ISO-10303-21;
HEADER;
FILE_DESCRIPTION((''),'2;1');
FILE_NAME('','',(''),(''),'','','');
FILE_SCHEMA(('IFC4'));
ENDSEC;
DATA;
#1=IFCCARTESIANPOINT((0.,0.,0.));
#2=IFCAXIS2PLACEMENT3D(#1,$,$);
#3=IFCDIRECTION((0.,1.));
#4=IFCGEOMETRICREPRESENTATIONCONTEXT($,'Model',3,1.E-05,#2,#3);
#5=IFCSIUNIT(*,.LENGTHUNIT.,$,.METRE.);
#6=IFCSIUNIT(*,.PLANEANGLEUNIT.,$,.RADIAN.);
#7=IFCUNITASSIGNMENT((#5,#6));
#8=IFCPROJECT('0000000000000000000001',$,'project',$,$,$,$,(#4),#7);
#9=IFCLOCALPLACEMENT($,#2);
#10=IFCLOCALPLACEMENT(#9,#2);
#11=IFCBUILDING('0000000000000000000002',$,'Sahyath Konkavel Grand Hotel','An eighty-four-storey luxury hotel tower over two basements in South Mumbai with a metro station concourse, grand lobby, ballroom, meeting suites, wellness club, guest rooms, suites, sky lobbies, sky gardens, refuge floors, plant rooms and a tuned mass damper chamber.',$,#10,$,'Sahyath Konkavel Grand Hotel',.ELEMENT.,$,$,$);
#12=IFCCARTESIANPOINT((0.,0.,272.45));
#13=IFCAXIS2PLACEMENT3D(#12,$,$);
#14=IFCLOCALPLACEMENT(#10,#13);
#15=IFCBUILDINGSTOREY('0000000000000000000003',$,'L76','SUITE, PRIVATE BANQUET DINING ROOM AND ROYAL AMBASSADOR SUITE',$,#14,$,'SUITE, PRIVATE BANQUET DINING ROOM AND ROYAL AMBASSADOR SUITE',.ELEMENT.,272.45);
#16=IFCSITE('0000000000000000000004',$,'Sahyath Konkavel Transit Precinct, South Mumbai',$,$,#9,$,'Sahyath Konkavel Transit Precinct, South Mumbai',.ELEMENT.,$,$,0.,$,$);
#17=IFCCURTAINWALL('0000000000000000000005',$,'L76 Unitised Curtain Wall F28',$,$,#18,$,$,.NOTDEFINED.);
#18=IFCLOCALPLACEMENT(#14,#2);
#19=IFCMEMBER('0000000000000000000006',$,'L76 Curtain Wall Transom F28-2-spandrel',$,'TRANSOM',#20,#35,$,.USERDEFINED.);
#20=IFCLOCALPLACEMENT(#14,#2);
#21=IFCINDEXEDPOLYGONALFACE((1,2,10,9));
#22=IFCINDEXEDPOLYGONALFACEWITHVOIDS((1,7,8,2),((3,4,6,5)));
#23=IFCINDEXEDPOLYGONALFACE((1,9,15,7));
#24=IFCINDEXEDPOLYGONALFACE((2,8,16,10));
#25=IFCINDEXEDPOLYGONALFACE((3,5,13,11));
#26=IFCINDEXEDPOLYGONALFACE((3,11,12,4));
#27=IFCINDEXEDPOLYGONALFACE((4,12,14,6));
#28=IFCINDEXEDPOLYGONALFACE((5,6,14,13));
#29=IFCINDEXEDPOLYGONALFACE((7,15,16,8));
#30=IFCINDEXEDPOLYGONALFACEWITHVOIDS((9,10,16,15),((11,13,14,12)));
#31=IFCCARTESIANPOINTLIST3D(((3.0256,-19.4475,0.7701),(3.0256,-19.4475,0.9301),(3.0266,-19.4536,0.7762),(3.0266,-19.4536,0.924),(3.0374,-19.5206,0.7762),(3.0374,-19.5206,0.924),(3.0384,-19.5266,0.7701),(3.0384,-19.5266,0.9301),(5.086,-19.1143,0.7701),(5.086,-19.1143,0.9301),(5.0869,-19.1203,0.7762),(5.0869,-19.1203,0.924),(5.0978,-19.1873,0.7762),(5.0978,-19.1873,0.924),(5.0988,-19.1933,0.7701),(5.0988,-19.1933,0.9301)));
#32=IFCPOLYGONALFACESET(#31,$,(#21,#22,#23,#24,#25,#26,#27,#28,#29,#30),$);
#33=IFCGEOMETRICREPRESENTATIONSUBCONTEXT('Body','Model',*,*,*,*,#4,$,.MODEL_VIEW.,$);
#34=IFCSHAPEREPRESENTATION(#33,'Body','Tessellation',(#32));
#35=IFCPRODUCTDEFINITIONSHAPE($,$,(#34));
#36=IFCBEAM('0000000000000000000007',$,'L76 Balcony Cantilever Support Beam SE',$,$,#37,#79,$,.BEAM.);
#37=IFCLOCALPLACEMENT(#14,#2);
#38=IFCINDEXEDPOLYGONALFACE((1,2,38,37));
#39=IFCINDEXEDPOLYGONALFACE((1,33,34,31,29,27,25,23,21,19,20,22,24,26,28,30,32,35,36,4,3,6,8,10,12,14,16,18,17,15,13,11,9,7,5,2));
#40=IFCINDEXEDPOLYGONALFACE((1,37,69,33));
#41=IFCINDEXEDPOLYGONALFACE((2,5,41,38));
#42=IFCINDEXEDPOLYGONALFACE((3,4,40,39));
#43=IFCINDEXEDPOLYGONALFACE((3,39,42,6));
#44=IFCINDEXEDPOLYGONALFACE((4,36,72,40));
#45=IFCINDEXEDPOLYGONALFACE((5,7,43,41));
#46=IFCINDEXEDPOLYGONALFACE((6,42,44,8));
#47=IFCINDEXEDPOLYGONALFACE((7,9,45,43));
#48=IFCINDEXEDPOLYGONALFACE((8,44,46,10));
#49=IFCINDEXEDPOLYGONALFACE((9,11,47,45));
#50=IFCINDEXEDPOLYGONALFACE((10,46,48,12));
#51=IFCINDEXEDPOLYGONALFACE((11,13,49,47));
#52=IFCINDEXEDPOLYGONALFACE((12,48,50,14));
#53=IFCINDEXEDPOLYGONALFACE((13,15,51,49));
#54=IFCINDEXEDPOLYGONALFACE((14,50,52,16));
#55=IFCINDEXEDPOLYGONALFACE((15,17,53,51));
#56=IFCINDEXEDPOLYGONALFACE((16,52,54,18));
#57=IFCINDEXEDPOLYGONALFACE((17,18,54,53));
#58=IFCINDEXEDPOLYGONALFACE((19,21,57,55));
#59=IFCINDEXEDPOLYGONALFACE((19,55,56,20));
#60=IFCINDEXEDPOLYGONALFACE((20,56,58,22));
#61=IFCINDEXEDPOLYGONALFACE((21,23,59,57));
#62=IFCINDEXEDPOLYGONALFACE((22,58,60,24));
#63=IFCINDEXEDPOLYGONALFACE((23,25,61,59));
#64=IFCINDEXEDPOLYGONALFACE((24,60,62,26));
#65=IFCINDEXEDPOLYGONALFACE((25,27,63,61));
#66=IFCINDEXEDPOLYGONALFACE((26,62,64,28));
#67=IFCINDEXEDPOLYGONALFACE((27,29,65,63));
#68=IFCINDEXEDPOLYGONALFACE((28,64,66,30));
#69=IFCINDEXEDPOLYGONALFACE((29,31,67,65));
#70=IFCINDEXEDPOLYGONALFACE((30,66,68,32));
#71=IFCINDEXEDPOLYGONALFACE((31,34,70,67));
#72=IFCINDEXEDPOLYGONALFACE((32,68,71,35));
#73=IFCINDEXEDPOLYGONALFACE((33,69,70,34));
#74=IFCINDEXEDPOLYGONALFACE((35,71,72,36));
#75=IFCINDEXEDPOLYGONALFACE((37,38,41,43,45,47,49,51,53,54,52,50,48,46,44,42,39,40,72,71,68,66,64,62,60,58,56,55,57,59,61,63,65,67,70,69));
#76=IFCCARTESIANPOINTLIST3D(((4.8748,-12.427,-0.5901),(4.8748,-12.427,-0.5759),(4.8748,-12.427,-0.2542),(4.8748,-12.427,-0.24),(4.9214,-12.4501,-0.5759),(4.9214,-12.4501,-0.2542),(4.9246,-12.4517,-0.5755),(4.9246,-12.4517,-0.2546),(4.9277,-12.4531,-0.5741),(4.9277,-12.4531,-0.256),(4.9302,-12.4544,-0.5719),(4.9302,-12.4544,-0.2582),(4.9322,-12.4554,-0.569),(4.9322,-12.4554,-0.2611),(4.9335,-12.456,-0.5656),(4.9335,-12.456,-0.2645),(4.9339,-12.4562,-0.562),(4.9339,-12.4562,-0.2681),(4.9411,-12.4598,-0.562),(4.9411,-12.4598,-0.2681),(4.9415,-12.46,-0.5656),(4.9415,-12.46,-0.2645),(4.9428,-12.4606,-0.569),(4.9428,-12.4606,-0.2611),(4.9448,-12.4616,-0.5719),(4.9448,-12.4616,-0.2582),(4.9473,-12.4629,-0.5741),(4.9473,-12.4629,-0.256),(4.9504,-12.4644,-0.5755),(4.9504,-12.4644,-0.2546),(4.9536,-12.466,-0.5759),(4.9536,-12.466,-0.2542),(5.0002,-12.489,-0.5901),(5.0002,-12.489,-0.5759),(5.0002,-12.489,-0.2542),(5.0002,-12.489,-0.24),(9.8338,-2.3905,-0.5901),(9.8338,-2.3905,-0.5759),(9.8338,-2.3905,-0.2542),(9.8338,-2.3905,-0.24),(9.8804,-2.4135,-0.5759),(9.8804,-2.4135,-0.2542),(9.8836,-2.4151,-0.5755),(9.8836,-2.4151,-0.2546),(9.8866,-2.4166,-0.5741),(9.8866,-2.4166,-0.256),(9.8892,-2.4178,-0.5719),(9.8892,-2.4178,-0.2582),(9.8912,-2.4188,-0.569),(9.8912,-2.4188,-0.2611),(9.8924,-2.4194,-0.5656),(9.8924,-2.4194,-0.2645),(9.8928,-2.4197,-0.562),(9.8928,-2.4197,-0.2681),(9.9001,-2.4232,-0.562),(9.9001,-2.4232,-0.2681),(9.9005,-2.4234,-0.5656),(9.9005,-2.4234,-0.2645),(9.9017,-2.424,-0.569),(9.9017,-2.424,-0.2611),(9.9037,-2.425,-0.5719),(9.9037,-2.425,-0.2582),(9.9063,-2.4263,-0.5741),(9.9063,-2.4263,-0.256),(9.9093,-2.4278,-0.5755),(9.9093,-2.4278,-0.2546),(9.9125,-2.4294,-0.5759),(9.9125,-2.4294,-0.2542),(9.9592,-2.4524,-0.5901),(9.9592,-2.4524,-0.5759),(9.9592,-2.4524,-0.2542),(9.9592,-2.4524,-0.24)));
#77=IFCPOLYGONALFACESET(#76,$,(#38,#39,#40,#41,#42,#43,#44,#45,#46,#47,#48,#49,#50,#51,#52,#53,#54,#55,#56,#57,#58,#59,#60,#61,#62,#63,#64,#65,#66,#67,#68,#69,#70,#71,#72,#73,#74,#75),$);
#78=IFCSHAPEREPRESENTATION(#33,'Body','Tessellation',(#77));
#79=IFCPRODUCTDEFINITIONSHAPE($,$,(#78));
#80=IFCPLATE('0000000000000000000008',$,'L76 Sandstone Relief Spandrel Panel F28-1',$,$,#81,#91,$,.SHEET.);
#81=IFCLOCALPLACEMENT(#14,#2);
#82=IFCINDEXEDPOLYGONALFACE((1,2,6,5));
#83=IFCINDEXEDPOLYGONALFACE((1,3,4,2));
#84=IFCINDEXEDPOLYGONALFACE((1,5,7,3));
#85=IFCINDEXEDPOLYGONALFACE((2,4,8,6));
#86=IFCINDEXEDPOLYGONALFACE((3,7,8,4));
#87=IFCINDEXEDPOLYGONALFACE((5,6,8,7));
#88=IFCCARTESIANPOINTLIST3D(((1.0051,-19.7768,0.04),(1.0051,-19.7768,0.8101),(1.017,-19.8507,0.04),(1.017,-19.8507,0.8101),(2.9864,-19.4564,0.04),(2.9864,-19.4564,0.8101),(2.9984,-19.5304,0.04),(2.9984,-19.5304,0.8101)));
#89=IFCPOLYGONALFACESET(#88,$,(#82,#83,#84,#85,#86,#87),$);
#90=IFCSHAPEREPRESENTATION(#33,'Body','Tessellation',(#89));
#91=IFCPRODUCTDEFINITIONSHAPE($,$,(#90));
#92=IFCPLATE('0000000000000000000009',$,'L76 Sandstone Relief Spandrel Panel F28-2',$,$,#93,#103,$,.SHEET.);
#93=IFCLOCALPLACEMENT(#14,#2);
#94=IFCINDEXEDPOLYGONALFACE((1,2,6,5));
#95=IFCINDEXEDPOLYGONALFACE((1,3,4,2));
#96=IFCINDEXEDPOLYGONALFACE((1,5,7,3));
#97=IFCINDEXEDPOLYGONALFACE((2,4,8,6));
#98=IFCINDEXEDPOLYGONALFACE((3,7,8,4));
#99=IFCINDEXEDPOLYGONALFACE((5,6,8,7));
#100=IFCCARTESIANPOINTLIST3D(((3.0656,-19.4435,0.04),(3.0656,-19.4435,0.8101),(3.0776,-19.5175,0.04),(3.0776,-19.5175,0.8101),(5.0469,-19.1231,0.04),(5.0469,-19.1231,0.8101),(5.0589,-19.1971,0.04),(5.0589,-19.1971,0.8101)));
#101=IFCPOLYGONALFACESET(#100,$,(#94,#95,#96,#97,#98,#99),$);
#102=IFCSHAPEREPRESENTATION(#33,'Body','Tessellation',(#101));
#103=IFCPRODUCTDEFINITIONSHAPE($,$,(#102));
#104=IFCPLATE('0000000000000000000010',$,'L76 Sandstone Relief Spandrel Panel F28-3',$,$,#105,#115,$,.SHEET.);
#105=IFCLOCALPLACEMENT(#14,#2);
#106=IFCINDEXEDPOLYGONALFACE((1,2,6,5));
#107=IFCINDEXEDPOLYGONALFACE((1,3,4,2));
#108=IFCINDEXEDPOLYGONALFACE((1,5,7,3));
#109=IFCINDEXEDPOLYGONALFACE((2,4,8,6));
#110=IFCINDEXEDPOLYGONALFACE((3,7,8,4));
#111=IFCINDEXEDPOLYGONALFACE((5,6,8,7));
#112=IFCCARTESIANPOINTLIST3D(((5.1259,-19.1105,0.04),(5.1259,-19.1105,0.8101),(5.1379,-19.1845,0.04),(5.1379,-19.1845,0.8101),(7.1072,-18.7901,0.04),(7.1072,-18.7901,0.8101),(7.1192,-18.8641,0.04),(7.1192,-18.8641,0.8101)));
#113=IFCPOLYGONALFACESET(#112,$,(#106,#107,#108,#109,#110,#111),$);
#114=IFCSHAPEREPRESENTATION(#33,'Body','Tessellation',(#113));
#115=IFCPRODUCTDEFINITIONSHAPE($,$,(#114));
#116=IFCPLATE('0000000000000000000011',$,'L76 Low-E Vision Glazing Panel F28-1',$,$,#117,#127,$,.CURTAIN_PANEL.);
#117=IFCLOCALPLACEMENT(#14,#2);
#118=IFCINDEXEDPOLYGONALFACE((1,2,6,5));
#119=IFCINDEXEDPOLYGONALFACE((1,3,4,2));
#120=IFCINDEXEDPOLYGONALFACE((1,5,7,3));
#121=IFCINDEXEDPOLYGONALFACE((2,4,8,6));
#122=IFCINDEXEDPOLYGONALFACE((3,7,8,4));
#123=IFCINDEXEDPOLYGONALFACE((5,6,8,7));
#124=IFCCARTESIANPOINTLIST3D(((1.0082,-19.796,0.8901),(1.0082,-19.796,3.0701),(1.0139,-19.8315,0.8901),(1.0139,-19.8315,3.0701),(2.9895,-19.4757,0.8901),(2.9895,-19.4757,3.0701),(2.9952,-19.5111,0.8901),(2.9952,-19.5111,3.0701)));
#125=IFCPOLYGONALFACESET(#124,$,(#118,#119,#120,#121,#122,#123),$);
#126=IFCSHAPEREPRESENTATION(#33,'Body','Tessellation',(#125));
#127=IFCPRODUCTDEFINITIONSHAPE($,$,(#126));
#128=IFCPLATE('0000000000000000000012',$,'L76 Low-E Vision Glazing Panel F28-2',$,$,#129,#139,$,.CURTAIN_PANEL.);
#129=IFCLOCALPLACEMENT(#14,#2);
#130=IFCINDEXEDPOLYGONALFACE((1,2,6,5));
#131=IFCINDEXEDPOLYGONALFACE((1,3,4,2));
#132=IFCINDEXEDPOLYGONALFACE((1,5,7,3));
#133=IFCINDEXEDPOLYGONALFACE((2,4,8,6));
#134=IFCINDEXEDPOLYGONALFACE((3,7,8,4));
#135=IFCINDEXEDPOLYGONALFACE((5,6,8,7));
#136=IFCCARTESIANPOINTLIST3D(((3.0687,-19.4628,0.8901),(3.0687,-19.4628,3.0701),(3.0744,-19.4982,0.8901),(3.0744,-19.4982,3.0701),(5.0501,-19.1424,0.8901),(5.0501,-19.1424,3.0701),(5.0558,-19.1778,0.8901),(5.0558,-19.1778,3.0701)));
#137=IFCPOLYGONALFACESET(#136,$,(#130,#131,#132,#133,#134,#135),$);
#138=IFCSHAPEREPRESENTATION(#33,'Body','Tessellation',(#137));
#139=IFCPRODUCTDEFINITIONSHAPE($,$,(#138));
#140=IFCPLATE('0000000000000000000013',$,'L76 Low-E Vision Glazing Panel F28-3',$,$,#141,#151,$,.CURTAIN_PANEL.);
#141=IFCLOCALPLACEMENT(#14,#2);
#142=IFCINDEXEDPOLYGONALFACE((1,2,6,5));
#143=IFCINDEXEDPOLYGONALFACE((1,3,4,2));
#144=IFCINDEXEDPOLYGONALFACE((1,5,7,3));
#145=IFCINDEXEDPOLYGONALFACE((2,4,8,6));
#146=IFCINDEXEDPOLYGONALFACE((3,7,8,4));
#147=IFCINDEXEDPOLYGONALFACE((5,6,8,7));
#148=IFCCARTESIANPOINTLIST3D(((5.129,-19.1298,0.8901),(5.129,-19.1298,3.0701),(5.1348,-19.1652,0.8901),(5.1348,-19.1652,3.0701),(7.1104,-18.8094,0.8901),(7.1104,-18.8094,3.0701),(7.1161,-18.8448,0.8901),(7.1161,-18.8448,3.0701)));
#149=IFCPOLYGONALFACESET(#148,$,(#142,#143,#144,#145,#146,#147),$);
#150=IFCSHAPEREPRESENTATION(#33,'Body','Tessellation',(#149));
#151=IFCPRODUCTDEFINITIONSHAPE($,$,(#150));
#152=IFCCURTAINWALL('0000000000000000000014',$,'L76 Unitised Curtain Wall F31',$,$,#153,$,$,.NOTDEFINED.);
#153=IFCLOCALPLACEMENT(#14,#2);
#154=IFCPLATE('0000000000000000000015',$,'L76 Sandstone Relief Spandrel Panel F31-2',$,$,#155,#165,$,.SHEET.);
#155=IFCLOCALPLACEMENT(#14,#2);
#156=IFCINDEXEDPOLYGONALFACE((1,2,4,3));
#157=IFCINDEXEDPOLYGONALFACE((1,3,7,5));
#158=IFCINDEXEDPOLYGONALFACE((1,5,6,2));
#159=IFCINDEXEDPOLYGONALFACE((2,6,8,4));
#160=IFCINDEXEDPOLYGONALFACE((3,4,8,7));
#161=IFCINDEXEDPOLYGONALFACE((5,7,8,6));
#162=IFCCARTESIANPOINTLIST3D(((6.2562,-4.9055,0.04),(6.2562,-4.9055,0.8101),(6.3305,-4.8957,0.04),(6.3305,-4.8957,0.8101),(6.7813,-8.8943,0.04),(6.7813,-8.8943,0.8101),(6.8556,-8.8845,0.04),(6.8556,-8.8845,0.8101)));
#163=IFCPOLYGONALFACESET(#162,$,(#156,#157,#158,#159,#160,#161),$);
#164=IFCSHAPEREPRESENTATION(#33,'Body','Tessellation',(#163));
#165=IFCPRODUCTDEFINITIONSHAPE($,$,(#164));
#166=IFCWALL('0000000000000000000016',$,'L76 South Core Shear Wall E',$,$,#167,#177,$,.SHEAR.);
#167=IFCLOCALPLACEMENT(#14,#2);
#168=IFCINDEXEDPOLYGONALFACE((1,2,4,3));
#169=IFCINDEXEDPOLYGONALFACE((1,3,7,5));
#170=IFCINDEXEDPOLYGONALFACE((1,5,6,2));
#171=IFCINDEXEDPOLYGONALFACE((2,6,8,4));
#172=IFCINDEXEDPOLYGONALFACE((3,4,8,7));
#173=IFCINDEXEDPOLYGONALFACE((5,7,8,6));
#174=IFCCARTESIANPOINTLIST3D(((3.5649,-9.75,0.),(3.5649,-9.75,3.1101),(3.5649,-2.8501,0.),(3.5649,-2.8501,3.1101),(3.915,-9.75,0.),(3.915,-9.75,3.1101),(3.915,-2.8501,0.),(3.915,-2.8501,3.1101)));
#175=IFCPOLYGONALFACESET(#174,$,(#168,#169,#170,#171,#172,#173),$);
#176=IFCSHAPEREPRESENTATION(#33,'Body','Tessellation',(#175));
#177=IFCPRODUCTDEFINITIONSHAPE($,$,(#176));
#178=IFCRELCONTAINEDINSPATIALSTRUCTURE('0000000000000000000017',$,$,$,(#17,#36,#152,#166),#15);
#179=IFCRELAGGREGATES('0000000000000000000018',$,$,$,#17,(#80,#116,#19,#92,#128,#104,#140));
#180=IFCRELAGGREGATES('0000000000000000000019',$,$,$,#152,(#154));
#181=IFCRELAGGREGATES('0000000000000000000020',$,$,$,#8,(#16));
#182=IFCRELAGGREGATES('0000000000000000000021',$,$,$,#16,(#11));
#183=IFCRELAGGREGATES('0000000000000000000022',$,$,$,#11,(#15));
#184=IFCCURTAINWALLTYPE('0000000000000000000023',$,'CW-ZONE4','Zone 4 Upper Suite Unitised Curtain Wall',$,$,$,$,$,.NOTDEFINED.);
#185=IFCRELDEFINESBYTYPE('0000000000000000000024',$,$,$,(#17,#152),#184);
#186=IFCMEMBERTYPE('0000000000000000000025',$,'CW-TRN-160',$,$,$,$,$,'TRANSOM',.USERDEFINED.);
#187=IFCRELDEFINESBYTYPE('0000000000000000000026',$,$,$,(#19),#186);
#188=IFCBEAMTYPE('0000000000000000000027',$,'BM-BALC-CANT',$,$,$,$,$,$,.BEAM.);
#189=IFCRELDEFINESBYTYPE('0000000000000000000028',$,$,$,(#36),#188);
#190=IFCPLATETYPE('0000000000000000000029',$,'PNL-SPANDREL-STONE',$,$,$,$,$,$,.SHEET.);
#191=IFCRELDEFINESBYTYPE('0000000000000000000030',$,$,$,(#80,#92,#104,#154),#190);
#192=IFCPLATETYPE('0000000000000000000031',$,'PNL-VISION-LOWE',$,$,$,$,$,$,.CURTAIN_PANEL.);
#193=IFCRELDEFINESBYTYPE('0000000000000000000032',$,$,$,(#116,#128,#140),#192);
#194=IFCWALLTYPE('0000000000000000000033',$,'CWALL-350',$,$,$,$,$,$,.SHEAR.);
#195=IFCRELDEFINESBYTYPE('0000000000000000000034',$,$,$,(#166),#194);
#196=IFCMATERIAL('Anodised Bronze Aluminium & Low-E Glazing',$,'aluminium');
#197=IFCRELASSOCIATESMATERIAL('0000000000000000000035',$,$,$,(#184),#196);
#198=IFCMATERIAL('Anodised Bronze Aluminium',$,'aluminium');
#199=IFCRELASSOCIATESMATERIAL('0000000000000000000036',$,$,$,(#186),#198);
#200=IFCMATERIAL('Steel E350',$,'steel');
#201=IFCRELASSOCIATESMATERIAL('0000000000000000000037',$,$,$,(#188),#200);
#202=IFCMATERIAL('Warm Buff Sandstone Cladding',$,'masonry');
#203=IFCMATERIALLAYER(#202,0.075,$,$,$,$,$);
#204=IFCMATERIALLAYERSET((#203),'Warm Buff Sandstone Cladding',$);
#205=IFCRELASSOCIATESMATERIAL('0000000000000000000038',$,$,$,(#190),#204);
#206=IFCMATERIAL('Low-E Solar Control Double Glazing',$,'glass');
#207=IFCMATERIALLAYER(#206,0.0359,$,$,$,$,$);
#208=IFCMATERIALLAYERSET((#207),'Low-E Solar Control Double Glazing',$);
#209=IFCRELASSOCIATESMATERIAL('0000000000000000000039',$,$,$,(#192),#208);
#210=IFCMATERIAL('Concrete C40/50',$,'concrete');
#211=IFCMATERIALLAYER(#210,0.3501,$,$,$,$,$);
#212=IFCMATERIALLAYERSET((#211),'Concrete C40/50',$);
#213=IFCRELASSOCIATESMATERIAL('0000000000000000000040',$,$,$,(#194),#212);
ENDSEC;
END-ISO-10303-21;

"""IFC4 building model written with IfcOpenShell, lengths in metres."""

from ifc_helpers import new_model, si_unit, direction, frame, frame_2d, origin, origin_2d, place, context, subcontext, project, spatial, rectangle, hollow_rectangle, i_section, extrude, source, transform, mapped, material, layer, layer_set, material_profile, profile_set, type_object, element, aggregate, save


model = new_model("IFC4")

# Units and contexts
model_context = context("Model", 3, precision=1e-05, world=origin(), true_north=direction((0.0, 1.0)))
body_context = subcontext(model_context, "Body", "Model", "MODEL_VIEW")
ifc_project = project(units=[si_unit("LENGTHUNIT", "METRE"), si_unit("PLANEANGLEUNIT", "RADIAN")], contexts=[model_context])

# Site, building, storey
site_placement = place(None, origin())
site = spatial("IfcSite", under=ifc_project, at=site_placement, Name="Sahyath Konkavel Transit Precinct, South Mumbai", LongName="Sahyath Konkavel Transit Precinct, South Mumbai", CompositionType="ELEMENT", RefElevation=0.0)
building_placement = place(site_placement, origin())
building = spatial("IfcBuilding", under=site, at=building_placement, Name="Sahyath Konkavel Grand Hotel", Description="An eighty-four-storey luxury hotel tower over two basements in South Mumbai with a metro station concourse, grand lobby, ballroom, meeting suites, wellness club, guest rooms, suites, sky lobbies, sky gardens, refuge floors, plant rooms and a tuned mass damper chamber.", LongName="Sahyath Konkavel Grand Hotel", CompositionType="ELEMENT")
storey_placement = place(building_placement, frame((0.0, 0.0, 272.45)))
storey = spatial("IfcBuildingStorey", under=building, at=storey_placement, Name="L76", Description="SUITE, PRIVATE BANQUET DINING ROOM AND ROYAL AMBASSADOR SUITE", LongName="SUITE, PRIVATE BANQUET DINING ROOM AND ROYAL AMBASSADOR SUITE", CompositionType="ELEMENT", Elevation=272.45)

# Shared definitions
ifc_material_1 = material(Name="Steel E350", Category="steel")

# Curtain wall, member
ifc_material_2 = material(Name="Anodised Bronze Aluminium & Low-E Glazing", Category="aluminium")
curtain_wall_type = type_object("IfcCurtainWallType", Name="CW-ZONE4", Description="Zone 4 Upper Suite Unitised Curtain Wall", PredefinedType="NOTDEFINED", material=ifc_material_2)
curtain_wall_1_placement = place(storey_placement, origin())
curtain_wall_1 = element("IfcCurtainWall", 1, at=curtain_wall_1_placement, inside=storey, type_object=curtain_wall_type, Name="L76 Unitised Curtain Wall F28", PredefinedType="NOTDEFINED")
ifc_material_3 = material(Name="Anodised Bronze Aluminium", Category="aluminium")
ifc_material_profile_1 = material_profile(ifc_material_3, hollow_rectangle(XDim=0.0801, YDim=0.1599, WallThickness=0.0061, at=origin_2d()), Name="RHS 160x80x6")
ifc_profile_set_1 = profile_set([ifc_material_profile_1], Name="Anodised Bronze Aluminium")
member_type_1 = type_object("IfcMemberType", Name="CW-TRN-160", ElementType="TRANSOM", PredefinedType="USERDEFINED", material=ifc_profile_set_1)
shared_shape_1 = source(origin(), body_context, "Body", "SweptSolid", [
    extrude(hollow_rectangle(XDim=0.0801, YDim=0.1599, WallThickness=0.0061, at=origin_2d()), origin(), (0.0, 0.0, 1.0), 2.0872),
])
member_1_placement = place(storey_placement, frame((3.032, -19.4871, 0.8501), z_axis=(0.98717, 0.159674, 0.0), x_axis=(-0.159674, 0.98717, 0.0)))
member_1 = element("IfcMember", 2, at=member_1_placement, type_object=member_type_1, Name="L76 Curtain Wall Transom F28-2-spandrel", ObjectType="TRANSOM", PredefinedType="USERDEFINED", context=body_context, shape_type="MappedRepresentation", body=[
    mapped(shared_shape_1, transform((0.0, 0.0, 0.0), scale=1.0)),
])

# Beam
ifc_material_profile_2 = material_profile(ifc_material_1, i_section(OverallWidth=0.1399, OverallDepth=0.3501, WebThickness=0.0081, FlangeThickness=0.0142, FilletRadius=0.0139, at=origin_2d()), Name="ISMB 350")
ifc_profile_set_2 = profile_set([ifc_material_profile_2], Name="Steel E350")
beam_type_1 = type_object("IfcBeamType", Name="BM-BALC-CANT", PredefinedType="BEAM", material=ifc_profile_set_2)
shared_shape_2 = source(origin(), body_context, "Body", "SweptSolid", [
    extrude(i_section(OverallWidth=0.1399, OverallDepth=0.3501, WebThickness=0.0081, FlangeThickness=0.0142, FilletRadius=0.0139, at=origin_2d()), origin(), (0.0, 0.0, 1.0), 11.1948),
])
beam_1_placement = place(storey_placement, frame((4.9375, -12.458, -0.415), z_axis=(0.442969, 0.896537, 0.0), x_axis=(-0.896537, 0.442969, 0.0)))
element("IfcBeam", 3, at=beam_1_placement, inside=storey, type_object=beam_type_1, Name="L76 Balcony Cantilever Support Beam SE", PredefinedType="BEAM", context=body_context, shape_type="MappedRepresentation", body=[
    mapped(shared_shape_2, transform((0.0, 0.0, 0.0), scale=1.0)),
])

# Plates
ifc_material_4 = material(Name="Warm Buff Sandstone Cladding", Category="masonry")
ifc_layer_1 = layer(ifc_material_4, 0.075)
ifc_layer_set_1 = layer_set([ifc_layer_1], Name="Warm Buff Sandstone Cladding")
plate_type_1 = type_object("IfcPlateType", Name="PNL-SPANDREL-STONE", PredefinedType="SHEET", material=ifc_layer_set_1)
shared_shape_3 = source(origin(), body_context, "Body", "SweptSolid", [
    extrude(rectangle(XDim=2.0071, YDim=0.075, at=origin_2d()), origin(), (0.0, 0.0, 1.0), 0.77),
])
plate_1_placement = place(storey_placement, frame((2.0017, -19.6536, 0.04), z_axis=(0.0, 0.0, 1.0), x_axis=(0.987178, 0.159623, 0.0)))
plate_1 = element("IfcPlate", 4, at=plate_1_placement, type_object=plate_type_1, Name="L76 Sandstone Relief Spandrel Panel F28-1", PredefinedType="SHEET", context=body_context, shape_type="MappedRepresentation", body=[
    mapped(shared_shape_3, transform((0.0, 0.0, 0.0), scale=1.0)),
])
plate_2_placement = place(storey_placement, frame((4.0623, -19.3203, 0.04), z_axis=(0.0, 0.0, 1.0), x_axis=(0.987178, 0.159623, 0.0)))
plate_2 = element("IfcPlate", 5, at=plate_2_placement, type_object=plate_type_1, Name="L76 Sandstone Relief Spandrel Panel F28-2", PredefinedType="SHEET", context=body_context, shape_type="MappedRepresentation", body=[
    mapped(shared_shape_3, transform((0.0, 0.0, 0.0), scale=1.0)),
])
plate_3_placement = place(storey_placement, frame((6.1226, -18.9873, 0.04), z_axis=(0.0, 0.0, 1.0), x_axis=(0.987178, 0.159623, 0.0)))
plate_3 = element("IfcPlate", 6, at=plate_3_placement, type_object=plate_type_1, Name="L76 Sandstone Relief Spandrel Panel F28-3", PredefinedType="SHEET", context=body_context, shape_type="MappedRepresentation", body=[
    mapped(shared_shape_3, transform((0.0, 0.0, 0.0), scale=1.0)),
])
ifc_material_5 = material(Name="Low-E Solar Control Double Glazing", Category="glass")
ifc_layer_2 = layer(ifc_material_5, 0.0359)
ifc_layer_set_2 = layer_set([ifc_layer_2], Name="Low-E Solar Control Double Glazing")
plate_type_2 = type_object("IfcPlateType", Name="PNL-VISION-LOWE", PredefinedType="CURTAIN_PANEL", material=ifc_layer_set_2)
shared_shape_4 = source(origin(), body_context, "Body", "SweptSolid", [
    extrude(rectangle(XDim=2.0071, YDim=0.0359, at=origin_2d()), origin(), (0.0, 0.0, 1.0), 2.1799),
])
plate_4_placement = place(storey_placement, frame((2.0017, -19.6536, 0.8901), z_axis=(0.0, 0.0, 1.0), x_axis=(0.987178, 0.159623, 0.0)))
plate_4 = element("IfcPlate", 7, at=plate_4_placement, type_object=plate_type_2, Name="L76 Low-E Vision Glazing Panel F28-1", PredefinedType="CURTAIN_PANEL", context=body_context, shape_type="MappedRepresentation", body=[
    mapped(shared_shape_4, transform((0.0, 0.0, 0.0), scale=1.0)),
])
plate_5_placement = place(storey_placement, frame((4.0623, -19.3203, 0.8901), z_axis=(0.0, 0.0, 1.0), x_axis=(0.987178, 0.159623, 0.0)))
plate_5 = element("IfcPlate", 8, at=plate_5_placement, type_object=plate_type_2, Name="L76 Low-E Vision Glazing Panel F28-2", PredefinedType="CURTAIN_PANEL", context=body_context, shape_type="MappedRepresentation", body=[
    mapped(shared_shape_4, transform((0.0, 0.0, 0.0), scale=1.0)),
])
plate_6_placement = place(storey_placement, frame((6.1226, -18.9873, 0.8901), z_axis=(0.0, 0.0, 1.0), x_axis=(0.987178, 0.159623, 0.0)))
plate_6 = element("IfcPlate", 9, at=plate_6_placement, type_object=plate_type_2, Name="L76 Low-E Vision Glazing Panel F28-3", PredefinedType="CURTAIN_PANEL", context=body_context, shape_type="MappedRepresentation", body=[
    mapped(shared_shape_4, transform((0.0, 0.0, 0.0), scale=1.0)),
])
aggregate(curtain_wall_1, [plate_1, plate_4, member_1, plate_2, plate_5, plate_3, plate_6])

# Curtain wall, plate
curtain_wall_2_placement = place(storey_placement, origin())
curtain_wall_2 = element("IfcCurtainWall", 10, at=curtain_wall_2_placement, inside=storey, type_object=curtain_wall_type, Name="L76 Unitised Curtain Wall F31", PredefinedType="NOTDEFINED")
shared_shape_5 = source(origin(), body_context, "Body", "SweptSolid", [
    extrude(rectangle(XDim=4.0232, YDim=0.075, at=origin_2d()), origin(), (0.0, 0.0, 1.0), 0.77),
])
plate_7_placement = place(storey_placement, frame((6.5559, -6.895, 0.04), z_axis=(0.0, 0.0, 1.0), x_axis=(-0.130526, 0.991445, 0.0)))
plate_7 = element("IfcPlate", 11, at=plate_7_placement, type_object=plate_type_1, Name="L76 Sandstone Relief Spandrel Panel F31-2", PredefinedType="SHEET", context=body_context, shape_type="MappedRepresentation", body=[
    mapped(shared_shape_5, transform((0.0, 0.0, 0.0), scale=1.0)),
])
aggregate(curtain_wall_2, [plate_7])

# Wall
ifc_material_6 = material(Name="Concrete C40/50", Category="concrete")
ifc_layer_3 = layer(ifc_material_6, 0.3501)
ifc_layer_set_3 = layer_set([ifc_layer_3], Name="Concrete C40/50")
wall_type_1 = type_object("IfcWallType", Name="CWALL-350", PredefinedType="SHEAR", material=ifc_layer_set_3)
wall_1_placement = place(storey_placement, frame((3.74, -9.75, 0.0), z_axis=(0.0, 0.0, 1.0), x_axis=(0.0, 1.0, 0.0)))
element("IfcWall", 12, at=wall_1_placement, inside=storey, type_object=wall_type_1, Name="L76 South Core Shear Wall E", PredefinedType="SHEAR", context=body_context, shape_type="SweptSolid", body=[
    extrude(rectangle(XDim=6.8999, YDim=0.3501, at=frame_2d((3.45, 0.0))), origin(), (0.0, 0.0, 1.0), 3.1101),
])

save(model, "model.ifc")
